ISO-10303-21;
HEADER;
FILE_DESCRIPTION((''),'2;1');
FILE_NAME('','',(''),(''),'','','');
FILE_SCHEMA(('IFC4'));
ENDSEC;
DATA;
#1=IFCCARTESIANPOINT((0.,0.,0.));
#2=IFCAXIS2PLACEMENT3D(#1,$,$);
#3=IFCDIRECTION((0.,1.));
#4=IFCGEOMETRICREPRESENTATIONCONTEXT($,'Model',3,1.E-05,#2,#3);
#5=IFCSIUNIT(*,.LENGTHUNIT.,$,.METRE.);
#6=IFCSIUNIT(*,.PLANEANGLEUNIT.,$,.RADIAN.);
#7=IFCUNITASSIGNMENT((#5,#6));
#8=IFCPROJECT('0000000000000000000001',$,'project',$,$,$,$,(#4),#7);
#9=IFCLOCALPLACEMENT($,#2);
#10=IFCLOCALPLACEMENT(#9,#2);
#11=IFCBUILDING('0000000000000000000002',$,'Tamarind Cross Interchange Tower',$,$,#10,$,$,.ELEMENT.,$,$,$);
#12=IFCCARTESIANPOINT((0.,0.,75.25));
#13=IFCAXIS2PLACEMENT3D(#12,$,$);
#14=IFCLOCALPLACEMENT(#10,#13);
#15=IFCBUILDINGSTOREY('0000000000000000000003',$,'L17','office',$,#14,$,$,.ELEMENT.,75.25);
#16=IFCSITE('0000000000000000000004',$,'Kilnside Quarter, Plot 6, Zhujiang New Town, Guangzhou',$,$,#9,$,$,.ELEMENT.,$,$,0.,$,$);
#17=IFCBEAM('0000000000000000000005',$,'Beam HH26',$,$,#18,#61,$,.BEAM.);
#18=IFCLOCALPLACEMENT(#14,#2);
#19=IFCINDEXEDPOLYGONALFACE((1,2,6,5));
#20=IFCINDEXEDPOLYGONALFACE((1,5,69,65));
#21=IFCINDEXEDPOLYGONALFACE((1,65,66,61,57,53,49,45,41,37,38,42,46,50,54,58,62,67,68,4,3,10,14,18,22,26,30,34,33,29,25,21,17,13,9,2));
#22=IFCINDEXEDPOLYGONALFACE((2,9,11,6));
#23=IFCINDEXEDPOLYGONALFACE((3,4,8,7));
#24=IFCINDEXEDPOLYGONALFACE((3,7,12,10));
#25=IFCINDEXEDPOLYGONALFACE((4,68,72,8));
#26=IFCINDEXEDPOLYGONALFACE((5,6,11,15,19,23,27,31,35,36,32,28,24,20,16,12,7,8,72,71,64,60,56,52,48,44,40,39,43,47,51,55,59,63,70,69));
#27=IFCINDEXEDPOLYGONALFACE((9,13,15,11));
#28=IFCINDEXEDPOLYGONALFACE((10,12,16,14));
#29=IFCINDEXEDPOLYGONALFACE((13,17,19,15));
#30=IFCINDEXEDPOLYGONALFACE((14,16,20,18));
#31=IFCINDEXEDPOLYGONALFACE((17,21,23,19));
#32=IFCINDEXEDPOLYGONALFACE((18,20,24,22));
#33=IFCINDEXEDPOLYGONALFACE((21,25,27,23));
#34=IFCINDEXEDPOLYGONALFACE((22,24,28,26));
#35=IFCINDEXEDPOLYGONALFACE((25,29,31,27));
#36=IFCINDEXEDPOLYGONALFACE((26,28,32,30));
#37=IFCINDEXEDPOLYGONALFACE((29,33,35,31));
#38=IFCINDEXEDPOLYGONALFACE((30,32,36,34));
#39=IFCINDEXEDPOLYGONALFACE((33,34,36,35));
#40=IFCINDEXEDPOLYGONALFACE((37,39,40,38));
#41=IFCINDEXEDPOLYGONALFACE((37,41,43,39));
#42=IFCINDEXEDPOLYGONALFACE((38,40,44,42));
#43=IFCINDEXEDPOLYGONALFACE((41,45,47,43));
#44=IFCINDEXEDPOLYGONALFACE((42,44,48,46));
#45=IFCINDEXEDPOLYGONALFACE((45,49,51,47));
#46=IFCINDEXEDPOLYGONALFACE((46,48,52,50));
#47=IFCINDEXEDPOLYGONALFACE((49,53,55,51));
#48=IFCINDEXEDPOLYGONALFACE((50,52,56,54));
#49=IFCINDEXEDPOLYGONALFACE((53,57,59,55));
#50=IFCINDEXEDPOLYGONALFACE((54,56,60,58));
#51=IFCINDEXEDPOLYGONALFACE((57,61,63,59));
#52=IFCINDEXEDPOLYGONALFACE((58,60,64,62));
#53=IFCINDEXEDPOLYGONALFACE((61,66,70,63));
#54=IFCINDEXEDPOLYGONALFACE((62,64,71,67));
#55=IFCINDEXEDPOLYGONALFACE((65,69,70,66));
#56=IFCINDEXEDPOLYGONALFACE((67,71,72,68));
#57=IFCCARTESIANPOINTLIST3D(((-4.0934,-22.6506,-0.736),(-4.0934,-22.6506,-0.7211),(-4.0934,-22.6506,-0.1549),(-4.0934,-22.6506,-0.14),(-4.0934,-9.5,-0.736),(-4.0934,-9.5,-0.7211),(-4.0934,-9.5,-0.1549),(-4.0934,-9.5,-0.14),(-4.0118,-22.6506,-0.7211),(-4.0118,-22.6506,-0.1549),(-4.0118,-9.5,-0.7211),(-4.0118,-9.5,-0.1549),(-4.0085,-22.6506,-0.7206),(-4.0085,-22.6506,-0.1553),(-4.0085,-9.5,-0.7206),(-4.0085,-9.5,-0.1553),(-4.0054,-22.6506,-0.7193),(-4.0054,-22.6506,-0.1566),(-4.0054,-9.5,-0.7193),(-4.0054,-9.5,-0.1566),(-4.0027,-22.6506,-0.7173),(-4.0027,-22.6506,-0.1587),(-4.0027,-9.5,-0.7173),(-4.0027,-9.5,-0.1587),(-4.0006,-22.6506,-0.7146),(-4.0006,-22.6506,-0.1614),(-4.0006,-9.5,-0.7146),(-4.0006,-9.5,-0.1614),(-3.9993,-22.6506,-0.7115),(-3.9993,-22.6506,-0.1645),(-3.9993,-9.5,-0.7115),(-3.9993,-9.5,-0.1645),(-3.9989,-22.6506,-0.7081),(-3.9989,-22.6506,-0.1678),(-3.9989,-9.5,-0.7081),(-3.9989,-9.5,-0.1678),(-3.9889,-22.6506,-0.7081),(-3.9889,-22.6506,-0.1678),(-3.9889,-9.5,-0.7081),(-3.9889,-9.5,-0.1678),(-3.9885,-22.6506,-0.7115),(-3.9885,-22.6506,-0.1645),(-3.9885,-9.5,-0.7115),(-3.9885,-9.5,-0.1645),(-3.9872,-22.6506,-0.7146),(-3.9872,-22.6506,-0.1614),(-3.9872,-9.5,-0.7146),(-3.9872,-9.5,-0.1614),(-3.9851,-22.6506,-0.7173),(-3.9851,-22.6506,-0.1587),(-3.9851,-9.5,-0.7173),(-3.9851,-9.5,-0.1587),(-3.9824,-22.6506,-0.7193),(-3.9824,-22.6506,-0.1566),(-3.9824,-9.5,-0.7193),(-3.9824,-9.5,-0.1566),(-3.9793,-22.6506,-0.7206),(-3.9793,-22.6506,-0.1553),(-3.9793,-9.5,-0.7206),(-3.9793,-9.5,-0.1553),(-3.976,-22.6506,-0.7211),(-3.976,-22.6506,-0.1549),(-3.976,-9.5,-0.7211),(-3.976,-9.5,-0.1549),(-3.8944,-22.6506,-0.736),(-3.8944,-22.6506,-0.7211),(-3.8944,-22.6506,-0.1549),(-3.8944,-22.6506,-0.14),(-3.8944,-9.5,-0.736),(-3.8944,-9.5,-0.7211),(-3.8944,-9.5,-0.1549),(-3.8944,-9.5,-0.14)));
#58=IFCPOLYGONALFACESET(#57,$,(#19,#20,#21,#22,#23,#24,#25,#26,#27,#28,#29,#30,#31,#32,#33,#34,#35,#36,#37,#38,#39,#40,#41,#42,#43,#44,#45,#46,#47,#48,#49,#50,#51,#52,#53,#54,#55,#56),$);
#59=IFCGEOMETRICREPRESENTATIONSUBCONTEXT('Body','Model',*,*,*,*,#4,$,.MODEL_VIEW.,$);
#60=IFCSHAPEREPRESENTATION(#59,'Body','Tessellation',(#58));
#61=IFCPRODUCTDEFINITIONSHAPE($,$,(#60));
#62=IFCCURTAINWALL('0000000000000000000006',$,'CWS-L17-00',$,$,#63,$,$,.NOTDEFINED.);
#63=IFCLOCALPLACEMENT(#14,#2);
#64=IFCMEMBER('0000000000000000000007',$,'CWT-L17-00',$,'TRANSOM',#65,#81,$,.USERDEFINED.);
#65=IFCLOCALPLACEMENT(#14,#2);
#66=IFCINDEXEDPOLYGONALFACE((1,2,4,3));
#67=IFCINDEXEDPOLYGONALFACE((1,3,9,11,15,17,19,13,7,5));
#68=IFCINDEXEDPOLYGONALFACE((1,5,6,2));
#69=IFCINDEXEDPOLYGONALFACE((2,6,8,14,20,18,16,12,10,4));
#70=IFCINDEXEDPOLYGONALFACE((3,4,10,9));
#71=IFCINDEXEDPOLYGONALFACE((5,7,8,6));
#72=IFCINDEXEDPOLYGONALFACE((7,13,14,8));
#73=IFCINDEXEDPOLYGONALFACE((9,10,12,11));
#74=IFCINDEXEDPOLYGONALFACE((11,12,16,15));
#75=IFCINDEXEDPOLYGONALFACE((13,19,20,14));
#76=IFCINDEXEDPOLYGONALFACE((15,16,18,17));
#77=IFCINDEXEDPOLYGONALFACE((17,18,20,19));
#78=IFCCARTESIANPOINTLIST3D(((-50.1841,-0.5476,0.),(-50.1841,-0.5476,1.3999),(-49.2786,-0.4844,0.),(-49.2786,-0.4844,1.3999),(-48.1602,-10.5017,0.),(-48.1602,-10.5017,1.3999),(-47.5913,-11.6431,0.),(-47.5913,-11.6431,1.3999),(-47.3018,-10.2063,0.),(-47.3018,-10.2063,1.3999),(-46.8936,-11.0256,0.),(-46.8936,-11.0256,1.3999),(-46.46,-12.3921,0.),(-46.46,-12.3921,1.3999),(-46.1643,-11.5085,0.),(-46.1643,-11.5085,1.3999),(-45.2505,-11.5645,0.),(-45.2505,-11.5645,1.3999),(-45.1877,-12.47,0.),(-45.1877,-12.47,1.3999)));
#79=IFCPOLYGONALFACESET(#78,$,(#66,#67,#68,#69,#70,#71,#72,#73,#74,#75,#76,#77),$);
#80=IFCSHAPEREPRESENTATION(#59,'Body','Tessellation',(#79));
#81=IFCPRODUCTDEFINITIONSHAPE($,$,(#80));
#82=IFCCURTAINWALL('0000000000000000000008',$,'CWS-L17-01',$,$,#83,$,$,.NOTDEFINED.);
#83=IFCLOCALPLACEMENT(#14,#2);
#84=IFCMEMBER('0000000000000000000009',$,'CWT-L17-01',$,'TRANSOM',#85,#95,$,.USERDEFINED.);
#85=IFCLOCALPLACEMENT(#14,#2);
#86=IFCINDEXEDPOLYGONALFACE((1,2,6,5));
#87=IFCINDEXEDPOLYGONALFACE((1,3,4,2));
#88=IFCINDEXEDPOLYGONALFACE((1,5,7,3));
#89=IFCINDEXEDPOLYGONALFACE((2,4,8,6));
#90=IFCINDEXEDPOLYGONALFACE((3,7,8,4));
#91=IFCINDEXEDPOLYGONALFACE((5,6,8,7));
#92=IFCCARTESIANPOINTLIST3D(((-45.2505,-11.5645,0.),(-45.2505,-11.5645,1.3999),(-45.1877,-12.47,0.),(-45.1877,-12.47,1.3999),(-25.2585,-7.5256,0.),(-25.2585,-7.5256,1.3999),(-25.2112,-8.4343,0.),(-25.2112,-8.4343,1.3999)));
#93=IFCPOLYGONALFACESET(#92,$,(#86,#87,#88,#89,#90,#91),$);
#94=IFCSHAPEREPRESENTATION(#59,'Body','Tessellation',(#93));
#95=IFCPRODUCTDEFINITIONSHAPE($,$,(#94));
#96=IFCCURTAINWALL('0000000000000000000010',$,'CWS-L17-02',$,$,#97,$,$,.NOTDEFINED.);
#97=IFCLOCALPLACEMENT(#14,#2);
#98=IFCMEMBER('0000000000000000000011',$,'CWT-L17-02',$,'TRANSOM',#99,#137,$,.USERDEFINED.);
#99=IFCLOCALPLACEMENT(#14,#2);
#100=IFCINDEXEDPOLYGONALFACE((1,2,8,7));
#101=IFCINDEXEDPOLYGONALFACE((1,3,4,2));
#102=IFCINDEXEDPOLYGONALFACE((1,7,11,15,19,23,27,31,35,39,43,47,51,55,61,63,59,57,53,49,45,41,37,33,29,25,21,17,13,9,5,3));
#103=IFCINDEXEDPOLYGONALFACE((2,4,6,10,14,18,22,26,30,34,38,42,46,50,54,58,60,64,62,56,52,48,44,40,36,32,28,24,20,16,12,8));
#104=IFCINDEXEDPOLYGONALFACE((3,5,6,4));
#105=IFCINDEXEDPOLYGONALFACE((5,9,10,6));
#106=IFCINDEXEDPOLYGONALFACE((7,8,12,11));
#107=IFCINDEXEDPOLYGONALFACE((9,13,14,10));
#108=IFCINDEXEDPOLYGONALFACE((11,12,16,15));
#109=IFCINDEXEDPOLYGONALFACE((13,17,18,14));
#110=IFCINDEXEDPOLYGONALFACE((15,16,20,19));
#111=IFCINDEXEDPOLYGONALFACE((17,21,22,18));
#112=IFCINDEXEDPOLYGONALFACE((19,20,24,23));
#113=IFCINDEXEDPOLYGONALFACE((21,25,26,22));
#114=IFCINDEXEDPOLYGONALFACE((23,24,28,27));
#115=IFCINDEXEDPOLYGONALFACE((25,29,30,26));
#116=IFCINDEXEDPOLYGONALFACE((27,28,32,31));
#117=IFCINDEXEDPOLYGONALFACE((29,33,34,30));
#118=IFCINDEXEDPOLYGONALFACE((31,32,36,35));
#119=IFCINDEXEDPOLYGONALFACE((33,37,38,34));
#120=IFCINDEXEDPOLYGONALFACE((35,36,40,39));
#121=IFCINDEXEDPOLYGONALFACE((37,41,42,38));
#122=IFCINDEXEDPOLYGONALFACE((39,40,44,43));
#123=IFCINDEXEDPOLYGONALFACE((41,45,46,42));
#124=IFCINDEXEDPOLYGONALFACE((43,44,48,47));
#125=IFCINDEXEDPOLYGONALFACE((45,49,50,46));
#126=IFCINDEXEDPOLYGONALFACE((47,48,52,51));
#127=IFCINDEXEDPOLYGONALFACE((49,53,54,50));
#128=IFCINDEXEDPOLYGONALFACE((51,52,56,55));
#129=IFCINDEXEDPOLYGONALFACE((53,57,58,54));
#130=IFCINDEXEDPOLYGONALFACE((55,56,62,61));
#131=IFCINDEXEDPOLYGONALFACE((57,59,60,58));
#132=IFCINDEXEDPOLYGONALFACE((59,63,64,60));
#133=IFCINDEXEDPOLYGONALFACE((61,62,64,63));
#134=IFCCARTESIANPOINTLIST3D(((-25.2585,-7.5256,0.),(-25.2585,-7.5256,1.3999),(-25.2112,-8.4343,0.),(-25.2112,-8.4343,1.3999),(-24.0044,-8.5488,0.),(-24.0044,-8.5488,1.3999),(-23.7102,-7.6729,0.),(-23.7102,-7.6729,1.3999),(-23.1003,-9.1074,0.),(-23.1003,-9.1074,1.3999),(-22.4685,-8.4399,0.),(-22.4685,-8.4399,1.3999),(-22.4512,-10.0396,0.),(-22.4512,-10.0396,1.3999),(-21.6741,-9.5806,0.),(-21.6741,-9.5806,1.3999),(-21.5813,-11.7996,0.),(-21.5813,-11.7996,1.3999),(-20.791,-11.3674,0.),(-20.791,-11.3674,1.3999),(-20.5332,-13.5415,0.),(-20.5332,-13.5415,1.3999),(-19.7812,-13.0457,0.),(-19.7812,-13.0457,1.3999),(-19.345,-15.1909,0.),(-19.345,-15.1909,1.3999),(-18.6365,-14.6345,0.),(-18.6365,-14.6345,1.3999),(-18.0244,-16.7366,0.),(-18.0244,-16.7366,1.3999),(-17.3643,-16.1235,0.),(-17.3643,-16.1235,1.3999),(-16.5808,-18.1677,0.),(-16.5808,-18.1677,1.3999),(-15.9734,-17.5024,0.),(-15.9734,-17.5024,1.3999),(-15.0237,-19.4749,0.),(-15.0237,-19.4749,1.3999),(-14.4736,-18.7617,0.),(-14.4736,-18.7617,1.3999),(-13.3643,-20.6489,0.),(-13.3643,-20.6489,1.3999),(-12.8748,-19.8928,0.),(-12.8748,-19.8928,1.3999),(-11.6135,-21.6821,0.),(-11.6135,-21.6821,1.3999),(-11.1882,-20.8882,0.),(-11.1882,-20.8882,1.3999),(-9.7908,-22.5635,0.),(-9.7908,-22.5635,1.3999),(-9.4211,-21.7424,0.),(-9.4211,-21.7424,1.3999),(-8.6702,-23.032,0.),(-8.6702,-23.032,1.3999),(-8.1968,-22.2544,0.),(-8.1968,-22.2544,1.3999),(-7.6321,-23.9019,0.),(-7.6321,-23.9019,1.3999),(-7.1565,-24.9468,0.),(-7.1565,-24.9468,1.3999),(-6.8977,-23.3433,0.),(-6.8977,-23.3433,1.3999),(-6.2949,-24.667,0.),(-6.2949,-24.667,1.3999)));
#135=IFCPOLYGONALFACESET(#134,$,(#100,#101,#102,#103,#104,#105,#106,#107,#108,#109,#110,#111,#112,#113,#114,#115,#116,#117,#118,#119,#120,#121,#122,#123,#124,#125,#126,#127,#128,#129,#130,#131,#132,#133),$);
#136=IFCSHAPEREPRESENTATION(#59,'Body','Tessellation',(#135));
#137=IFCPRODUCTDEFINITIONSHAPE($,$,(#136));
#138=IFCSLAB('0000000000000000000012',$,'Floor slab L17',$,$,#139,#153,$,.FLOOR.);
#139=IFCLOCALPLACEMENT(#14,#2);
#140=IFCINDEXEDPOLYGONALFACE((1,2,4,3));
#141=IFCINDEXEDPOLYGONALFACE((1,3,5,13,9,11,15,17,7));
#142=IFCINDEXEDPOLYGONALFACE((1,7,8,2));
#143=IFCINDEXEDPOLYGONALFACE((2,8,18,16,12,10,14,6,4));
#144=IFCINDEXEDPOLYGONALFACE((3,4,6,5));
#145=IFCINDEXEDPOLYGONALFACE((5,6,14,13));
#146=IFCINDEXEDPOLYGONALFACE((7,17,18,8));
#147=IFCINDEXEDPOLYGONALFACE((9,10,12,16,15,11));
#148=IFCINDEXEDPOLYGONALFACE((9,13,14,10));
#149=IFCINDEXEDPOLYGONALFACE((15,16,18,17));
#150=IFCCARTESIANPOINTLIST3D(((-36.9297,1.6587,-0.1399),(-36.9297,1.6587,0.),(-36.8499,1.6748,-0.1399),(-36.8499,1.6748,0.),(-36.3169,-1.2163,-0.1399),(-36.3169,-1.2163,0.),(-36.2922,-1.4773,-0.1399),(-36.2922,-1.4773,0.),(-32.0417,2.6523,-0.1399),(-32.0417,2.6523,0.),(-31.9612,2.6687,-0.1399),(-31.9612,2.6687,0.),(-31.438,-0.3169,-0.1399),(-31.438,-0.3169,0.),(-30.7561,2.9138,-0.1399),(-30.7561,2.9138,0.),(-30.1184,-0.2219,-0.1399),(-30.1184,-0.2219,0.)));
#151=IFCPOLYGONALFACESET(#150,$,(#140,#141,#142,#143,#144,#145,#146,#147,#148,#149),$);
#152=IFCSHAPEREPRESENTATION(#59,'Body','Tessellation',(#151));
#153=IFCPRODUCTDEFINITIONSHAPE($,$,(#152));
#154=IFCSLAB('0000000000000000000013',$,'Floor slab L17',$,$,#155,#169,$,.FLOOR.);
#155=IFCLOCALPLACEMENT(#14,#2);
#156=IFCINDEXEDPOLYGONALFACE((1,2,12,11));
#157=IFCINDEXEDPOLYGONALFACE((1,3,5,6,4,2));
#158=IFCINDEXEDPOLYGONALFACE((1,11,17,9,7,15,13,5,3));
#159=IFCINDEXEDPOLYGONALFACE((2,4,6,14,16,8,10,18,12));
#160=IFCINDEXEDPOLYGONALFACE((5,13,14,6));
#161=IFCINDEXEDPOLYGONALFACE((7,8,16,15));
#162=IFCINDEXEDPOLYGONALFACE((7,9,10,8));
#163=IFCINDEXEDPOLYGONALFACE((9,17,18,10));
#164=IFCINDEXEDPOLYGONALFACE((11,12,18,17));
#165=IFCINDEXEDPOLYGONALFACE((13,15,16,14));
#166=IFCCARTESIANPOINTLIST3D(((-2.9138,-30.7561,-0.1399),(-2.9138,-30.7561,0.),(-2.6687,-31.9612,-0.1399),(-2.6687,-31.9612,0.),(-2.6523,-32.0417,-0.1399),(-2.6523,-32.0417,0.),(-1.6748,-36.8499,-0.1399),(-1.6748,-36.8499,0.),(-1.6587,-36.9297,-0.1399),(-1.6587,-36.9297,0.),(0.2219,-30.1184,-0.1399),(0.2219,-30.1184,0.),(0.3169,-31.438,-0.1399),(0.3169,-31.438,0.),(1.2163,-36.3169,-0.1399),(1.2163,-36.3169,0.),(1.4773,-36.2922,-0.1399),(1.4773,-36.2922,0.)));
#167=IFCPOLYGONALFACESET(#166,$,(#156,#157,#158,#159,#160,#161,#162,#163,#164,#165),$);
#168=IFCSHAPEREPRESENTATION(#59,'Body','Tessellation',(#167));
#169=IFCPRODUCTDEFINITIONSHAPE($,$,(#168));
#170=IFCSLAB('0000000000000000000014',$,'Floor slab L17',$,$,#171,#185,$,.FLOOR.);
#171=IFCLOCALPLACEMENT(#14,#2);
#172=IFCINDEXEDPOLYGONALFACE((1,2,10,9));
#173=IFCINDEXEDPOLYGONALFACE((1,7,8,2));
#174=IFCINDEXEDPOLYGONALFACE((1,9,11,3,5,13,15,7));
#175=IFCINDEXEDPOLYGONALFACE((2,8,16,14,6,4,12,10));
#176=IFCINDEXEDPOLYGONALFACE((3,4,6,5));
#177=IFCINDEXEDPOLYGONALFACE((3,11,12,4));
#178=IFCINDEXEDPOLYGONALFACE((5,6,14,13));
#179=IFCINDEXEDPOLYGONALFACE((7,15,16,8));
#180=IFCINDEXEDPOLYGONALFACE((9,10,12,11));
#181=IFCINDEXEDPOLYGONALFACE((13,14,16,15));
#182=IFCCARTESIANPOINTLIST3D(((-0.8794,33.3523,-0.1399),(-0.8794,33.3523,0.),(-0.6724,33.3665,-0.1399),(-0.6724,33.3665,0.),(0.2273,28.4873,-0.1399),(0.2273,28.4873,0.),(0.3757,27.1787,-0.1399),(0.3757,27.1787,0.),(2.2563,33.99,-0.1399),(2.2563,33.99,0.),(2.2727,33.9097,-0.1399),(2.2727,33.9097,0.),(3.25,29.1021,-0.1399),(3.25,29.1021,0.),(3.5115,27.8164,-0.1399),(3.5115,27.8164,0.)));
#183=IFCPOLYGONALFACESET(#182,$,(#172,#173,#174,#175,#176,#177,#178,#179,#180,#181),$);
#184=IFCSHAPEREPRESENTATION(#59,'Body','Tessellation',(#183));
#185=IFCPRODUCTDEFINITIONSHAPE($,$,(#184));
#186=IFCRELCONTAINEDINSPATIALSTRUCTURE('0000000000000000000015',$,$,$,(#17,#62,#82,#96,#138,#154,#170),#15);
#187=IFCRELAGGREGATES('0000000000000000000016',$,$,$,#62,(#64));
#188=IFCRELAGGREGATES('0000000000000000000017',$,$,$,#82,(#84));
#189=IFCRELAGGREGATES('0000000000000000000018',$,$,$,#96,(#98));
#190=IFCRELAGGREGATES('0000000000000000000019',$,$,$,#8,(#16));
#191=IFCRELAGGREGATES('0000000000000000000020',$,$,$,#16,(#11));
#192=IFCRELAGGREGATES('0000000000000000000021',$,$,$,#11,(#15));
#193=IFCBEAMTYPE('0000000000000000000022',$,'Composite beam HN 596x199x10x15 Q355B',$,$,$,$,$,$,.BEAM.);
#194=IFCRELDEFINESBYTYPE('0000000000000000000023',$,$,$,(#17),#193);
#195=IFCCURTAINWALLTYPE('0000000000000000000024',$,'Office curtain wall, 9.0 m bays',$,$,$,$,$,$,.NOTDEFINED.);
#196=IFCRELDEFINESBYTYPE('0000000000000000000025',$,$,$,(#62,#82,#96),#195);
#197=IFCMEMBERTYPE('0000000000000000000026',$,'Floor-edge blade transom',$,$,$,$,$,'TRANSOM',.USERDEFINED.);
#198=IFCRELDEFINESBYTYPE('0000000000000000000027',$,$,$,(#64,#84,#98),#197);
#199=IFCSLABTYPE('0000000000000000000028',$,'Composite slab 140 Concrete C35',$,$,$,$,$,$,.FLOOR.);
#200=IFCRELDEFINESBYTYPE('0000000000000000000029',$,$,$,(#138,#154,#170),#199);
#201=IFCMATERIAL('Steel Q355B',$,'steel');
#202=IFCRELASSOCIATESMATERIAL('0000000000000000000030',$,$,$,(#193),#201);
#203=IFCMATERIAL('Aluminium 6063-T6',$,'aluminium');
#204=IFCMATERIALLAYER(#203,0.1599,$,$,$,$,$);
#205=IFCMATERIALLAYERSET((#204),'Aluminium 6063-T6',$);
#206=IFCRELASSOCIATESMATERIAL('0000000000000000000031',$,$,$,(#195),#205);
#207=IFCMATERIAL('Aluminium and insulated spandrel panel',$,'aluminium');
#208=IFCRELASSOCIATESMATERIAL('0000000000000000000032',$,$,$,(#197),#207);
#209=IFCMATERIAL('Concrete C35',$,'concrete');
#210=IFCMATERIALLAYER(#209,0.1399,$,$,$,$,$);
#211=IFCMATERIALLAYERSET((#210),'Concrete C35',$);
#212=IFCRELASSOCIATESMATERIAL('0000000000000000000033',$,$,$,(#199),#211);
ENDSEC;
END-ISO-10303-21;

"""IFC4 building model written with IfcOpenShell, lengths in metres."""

from ifc_helpers import new_model, si_unit, direction, frame, origin, origin_2d, place, context, subcontext, project, spatial, polyline, i_section, outline, extrude, material, layer, layer_set, material_profile, profile_set, type_object, element, aggregate, save


model = new_model("IFC4")

# Units and contexts
model_context = context("Model", 3, precision=1e-05, world=origin(), true_north=direction((0.0, 1.0)))
body_context = subcontext(model_context, "Body", "Model", "MODEL_VIEW")
ifc_project = project(units=[si_unit("LENGTHUNIT", "METRE"), si_unit("PLANEANGLEUNIT", "RADIAN")], contexts=[model_context])

# Site, building, storey
site_placement = place(None, origin())
site = spatial("IfcSite", under=ifc_project, at=site_placement, Name="Kilnside Quarter, Plot 6, Zhujiang New Town, Guangzhou", CompositionType="ELEMENT", RefElevation=0.0)
building_placement = place(site_placement, origin())
building = spatial("IfcBuilding", under=site, at=building_placement, Name="Tamarind Cross Interchange Tower", CompositionType="ELEMENT")
storey_placement = place(building_placement, frame((0.0, 0.0, 75.25)))
storey = spatial("IfcBuildingStorey", under=building, at=storey_placement, Name="L17", Description="office", CompositionType="ELEMENT", Elevation=75.25)

# Beam
ifc_material_1 = material(Name="Steel Q355B", Category="steel")
ifc_material_profile_1 = material_profile(ifc_material_1, i_section(OverallWidth=0.199, OverallDepth=0.5959, WebThickness=0.01, FlangeThickness=0.0149, FilletRadius=0.0129, at=origin_2d()), Name="HN 596x199x10x15")
ifc_profile_set_1 = profile_set([ifc_material_profile_1], Name="Steel Q355B")
beam_type_1 = type_object("IfcBeamType", Name="Composite beam HN 596x199x10x15 Q355B", PredefinedType="BEAM", material=ifc_profile_set_1)
beam_placement = place(storey_placement, frame((-3.9939, -22.6506, -0.438), z_axis=(0.0, 1.0, 0.0), x_axis=(-1.0, 0.0, 0.0)))
element("IfcBeam", 1, at=beam_placement, inside=storey, type_object=beam_type_1, Name="Beam HH26", PredefinedType="BEAM", context=body_context, shape_type="SweptSolid", body=[
    extrude(i_section(OverallWidth=0.199, OverallDepth=0.5959, WebThickness=0.01, FlangeThickness=0.0149, FilletRadius=0.0129, at=origin_2d()), origin(), (0.0, 0.0, 1.0), 13.1506),
])

# Curtain walls, members
ifc_material_2 = material(Name="Aluminium 6063-T6", Category="aluminium")
ifc_layer_1 = layer(ifc_material_2, 0.1599)
ifc_layer_set_1 = layer_set([ifc_layer_1], Name="Aluminium 6063-T6")
curtain_wall_type = type_object("IfcCurtainWallType", Name="Office curtain wall, 9.0 m bays", PredefinedType="NOTDEFINED", material=ifc_layer_set_1)
curtain_wall_1_placement = place(storey_placement, origin())
curtain_wall_1 = element("IfcCurtainWall", 2, at=curtain_wall_1_placement, inside=storey, type_object=curtain_wall_type, Name="CWS-L17-00", PredefinedType="NOTDEFINED")
ifc_material_3 = material(Name="Aluminium and insulated spandrel panel", Category="aluminium")
member_type = type_object("IfcMemberType", Name="Floor-edge blade transom", ElementType="TRANSOM", PredefinedType="USERDEFINED", material=ifc_material_3)
member_1_placement = place(storey_placement, origin())
member_1 = element("IfcMember", 3, at=member_1_placement, type_object=member_type, Name="CWT-L17-00", ObjectType="TRANSOM", PredefinedType="USERDEFINED", context=body_context, shape_type="SweptSolid", body=[
    extrude(outline(polyline([(-49.2786, -0.4844), (-47.3018, -10.2063), (-46.8936, -11.0256), (-46.1643, -11.5085), (-45.2505, -11.5645), (-45.1877, -12.47), (-46.46, -12.3921), (-47.5913, -11.6431), (-48.1602, -10.5017), (-50.1841, -0.5476), (-49.2786, -0.4844)])), origin(), (0.0, 0.0, 1.0), 1.3999),
])
curtain_wall_2_placement = place(storey_placement, origin())
curtain_wall_2 = element("IfcCurtainWall", 4, at=curtain_wall_2_placement, inside=storey, type_object=curtain_wall_type, Name="CWS-L17-01", PredefinedType="NOTDEFINED")
member_2_placement = place(storey_placement, origin())
member_2 = element("IfcMember", 5, at=member_2_placement, type_object=member_type, Name="CWT-L17-01", ObjectType="TRANSOM", PredefinedType="USERDEFINED", context=body_context, shape_type="SweptSolid", body=[
    extrude(outline(polyline([(-45.2505, -11.5645), (-25.2585, -7.5256), (-25.2112, -8.4343), (-45.1877, -12.47), (-45.2505, -11.5645)])), origin(), (0.0, 0.0, 1.0), 1.3999),
])
curtain_wall_3_placement = place(storey_placement, origin())
curtain_wall_3 = element("IfcCurtainWall", 6, at=curtain_wall_3_placement, inside=storey, type_object=curtain_wall_type, Name="CWS-L17-02", PredefinedType="NOTDEFINED")
member_3_placement = place(storey_placement, origin())
member_3 = element("IfcMember", 7, at=member_3_placement, type_object=member_type, Name="CWT-L17-02", ObjectType="TRANSOM", PredefinedType="USERDEFINED", context=body_context, shape_type="SweptSolid", body=[
    extrude(outline(polyline([(-25.2585, -7.5256), (-23.7102, -7.6729), (-22.4685, -8.4399), (-21.6741, -9.5806), (-20.791, -11.3674), (-19.7812, -13.0457), (-18.6365, -14.6345), (-17.3643, -16.1235), (-15.9734, -17.5024), (-14.4736, -18.7617), (-12.8748, -19.8928), (-11.1882, -20.8882), (-9.4211, -21.7424), (-8.1968, -22.2544), (-6.8977, -23.3433), (-6.2949, -24.667), (-7.1565, -24.9468), (-7.6321, -23.9019), (-8.6702, -23.032), (-9.7908, -22.5635), (-11.6135, -21.6821), (-13.3643, -20.6489), (-15.0237, -19.4749), (-16.5808, -18.1677), (-18.0244, -16.7366), (-19.345, -15.1909), (-20.5332, -13.5415), (-21.5813, -11.7996), (-22.4512, -10.0396), (-23.1003, -9.1074), (-24.0044, -8.5488), (-25.2112, -8.4343), (-25.2585, -7.5256)])), origin(), (0.0, 0.0, 1.0), 1.3999),
])

# Slabs
ifc_material_4 = material(Name="Concrete C35", Category="concrete")
ifc_layer_2 = layer(ifc_material_4, 0.1399)
ifc_layer_set_2 = layer_set([ifc_layer_2], Name="Concrete C35")
slab_type = type_object("IfcSlabType", Name="Composite slab 140 Concrete C35", PredefinedType="FLOOR", material=ifc_layer_set_2)
slab_1_placement = place(storey_placement, frame((0.0, 0.0, -0.1399)))
element("IfcSlab", 8, at=slab_1_placement, inside=storey, type_object=slab_type, Name="Floor slab L17", PredefinedType="FLOOR", context=body_context, shape_type="SweptSolid", body=[
    extrude(outline(polyline([(-36.9297, 1.6587), (-36.2922, -1.4773), (-30.1184, -0.2219), (-30.7561, 2.9138), (-31.9612, 2.6687), (-32.0417, 2.6523), (-31.438, -0.3169), (-36.3169, -1.2163), (-36.8499, 1.6748), (-36.9297, 1.6587)])), origin(), (0.0, 0.0, 1.0), 0.1399),
])
slab_2_placement = place(storey_placement, frame((0.0, 0.0, -0.1399)))
element("IfcSlab", 9, at=slab_2_placement, inside=storey, type_object=slab_type, Name="Floor slab L17", PredefinedType="FLOOR", context=body_context, shape_type="SweptSolid", body=[
    extrude(outline(polyline([(-1.6587, -36.9297), (1.4773, -36.2922), (0.2219, -30.1184), (-2.9138, -30.7561), (-2.6687, -31.9612), (-2.6523, -32.0417), (0.3169, -31.438), (1.2163, -36.3169), (-1.6748, -36.8499), (-1.6587, -36.9297)])), origin(), (0.0, 0.0, 1.0), 0.1399),
])
slab_3_placement = place(storey_placement, frame((0.0, 0.0, -0.1399)))
element("IfcSlab", 10, at=slab_3_placement, inside=storey, type_object=slab_type, Name="Floor slab L17", PredefinedType="FLOOR", context=body_context, shape_type="SweptSolid", body=[
    extrude(outline(polyline([(-0.6724, 33.3665), (2.2727, 33.9097), (2.2563, 33.99), (-0.8794, 33.3523), (0.3757, 27.1787), (3.5115, 27.8164), (3.25, 29.1021), (0.2273, 28.4873), (-0.6724, 33.3665)])), origin(), (0.0, 0.0, 1.0), 0.1399),
])

aggregate(curtain_wall_1, [member_1])
aggregate(curtain_wall_2, [member_2])
aggregate(curtain_wall_3, [member_3])

save(model, "model.ifc")
